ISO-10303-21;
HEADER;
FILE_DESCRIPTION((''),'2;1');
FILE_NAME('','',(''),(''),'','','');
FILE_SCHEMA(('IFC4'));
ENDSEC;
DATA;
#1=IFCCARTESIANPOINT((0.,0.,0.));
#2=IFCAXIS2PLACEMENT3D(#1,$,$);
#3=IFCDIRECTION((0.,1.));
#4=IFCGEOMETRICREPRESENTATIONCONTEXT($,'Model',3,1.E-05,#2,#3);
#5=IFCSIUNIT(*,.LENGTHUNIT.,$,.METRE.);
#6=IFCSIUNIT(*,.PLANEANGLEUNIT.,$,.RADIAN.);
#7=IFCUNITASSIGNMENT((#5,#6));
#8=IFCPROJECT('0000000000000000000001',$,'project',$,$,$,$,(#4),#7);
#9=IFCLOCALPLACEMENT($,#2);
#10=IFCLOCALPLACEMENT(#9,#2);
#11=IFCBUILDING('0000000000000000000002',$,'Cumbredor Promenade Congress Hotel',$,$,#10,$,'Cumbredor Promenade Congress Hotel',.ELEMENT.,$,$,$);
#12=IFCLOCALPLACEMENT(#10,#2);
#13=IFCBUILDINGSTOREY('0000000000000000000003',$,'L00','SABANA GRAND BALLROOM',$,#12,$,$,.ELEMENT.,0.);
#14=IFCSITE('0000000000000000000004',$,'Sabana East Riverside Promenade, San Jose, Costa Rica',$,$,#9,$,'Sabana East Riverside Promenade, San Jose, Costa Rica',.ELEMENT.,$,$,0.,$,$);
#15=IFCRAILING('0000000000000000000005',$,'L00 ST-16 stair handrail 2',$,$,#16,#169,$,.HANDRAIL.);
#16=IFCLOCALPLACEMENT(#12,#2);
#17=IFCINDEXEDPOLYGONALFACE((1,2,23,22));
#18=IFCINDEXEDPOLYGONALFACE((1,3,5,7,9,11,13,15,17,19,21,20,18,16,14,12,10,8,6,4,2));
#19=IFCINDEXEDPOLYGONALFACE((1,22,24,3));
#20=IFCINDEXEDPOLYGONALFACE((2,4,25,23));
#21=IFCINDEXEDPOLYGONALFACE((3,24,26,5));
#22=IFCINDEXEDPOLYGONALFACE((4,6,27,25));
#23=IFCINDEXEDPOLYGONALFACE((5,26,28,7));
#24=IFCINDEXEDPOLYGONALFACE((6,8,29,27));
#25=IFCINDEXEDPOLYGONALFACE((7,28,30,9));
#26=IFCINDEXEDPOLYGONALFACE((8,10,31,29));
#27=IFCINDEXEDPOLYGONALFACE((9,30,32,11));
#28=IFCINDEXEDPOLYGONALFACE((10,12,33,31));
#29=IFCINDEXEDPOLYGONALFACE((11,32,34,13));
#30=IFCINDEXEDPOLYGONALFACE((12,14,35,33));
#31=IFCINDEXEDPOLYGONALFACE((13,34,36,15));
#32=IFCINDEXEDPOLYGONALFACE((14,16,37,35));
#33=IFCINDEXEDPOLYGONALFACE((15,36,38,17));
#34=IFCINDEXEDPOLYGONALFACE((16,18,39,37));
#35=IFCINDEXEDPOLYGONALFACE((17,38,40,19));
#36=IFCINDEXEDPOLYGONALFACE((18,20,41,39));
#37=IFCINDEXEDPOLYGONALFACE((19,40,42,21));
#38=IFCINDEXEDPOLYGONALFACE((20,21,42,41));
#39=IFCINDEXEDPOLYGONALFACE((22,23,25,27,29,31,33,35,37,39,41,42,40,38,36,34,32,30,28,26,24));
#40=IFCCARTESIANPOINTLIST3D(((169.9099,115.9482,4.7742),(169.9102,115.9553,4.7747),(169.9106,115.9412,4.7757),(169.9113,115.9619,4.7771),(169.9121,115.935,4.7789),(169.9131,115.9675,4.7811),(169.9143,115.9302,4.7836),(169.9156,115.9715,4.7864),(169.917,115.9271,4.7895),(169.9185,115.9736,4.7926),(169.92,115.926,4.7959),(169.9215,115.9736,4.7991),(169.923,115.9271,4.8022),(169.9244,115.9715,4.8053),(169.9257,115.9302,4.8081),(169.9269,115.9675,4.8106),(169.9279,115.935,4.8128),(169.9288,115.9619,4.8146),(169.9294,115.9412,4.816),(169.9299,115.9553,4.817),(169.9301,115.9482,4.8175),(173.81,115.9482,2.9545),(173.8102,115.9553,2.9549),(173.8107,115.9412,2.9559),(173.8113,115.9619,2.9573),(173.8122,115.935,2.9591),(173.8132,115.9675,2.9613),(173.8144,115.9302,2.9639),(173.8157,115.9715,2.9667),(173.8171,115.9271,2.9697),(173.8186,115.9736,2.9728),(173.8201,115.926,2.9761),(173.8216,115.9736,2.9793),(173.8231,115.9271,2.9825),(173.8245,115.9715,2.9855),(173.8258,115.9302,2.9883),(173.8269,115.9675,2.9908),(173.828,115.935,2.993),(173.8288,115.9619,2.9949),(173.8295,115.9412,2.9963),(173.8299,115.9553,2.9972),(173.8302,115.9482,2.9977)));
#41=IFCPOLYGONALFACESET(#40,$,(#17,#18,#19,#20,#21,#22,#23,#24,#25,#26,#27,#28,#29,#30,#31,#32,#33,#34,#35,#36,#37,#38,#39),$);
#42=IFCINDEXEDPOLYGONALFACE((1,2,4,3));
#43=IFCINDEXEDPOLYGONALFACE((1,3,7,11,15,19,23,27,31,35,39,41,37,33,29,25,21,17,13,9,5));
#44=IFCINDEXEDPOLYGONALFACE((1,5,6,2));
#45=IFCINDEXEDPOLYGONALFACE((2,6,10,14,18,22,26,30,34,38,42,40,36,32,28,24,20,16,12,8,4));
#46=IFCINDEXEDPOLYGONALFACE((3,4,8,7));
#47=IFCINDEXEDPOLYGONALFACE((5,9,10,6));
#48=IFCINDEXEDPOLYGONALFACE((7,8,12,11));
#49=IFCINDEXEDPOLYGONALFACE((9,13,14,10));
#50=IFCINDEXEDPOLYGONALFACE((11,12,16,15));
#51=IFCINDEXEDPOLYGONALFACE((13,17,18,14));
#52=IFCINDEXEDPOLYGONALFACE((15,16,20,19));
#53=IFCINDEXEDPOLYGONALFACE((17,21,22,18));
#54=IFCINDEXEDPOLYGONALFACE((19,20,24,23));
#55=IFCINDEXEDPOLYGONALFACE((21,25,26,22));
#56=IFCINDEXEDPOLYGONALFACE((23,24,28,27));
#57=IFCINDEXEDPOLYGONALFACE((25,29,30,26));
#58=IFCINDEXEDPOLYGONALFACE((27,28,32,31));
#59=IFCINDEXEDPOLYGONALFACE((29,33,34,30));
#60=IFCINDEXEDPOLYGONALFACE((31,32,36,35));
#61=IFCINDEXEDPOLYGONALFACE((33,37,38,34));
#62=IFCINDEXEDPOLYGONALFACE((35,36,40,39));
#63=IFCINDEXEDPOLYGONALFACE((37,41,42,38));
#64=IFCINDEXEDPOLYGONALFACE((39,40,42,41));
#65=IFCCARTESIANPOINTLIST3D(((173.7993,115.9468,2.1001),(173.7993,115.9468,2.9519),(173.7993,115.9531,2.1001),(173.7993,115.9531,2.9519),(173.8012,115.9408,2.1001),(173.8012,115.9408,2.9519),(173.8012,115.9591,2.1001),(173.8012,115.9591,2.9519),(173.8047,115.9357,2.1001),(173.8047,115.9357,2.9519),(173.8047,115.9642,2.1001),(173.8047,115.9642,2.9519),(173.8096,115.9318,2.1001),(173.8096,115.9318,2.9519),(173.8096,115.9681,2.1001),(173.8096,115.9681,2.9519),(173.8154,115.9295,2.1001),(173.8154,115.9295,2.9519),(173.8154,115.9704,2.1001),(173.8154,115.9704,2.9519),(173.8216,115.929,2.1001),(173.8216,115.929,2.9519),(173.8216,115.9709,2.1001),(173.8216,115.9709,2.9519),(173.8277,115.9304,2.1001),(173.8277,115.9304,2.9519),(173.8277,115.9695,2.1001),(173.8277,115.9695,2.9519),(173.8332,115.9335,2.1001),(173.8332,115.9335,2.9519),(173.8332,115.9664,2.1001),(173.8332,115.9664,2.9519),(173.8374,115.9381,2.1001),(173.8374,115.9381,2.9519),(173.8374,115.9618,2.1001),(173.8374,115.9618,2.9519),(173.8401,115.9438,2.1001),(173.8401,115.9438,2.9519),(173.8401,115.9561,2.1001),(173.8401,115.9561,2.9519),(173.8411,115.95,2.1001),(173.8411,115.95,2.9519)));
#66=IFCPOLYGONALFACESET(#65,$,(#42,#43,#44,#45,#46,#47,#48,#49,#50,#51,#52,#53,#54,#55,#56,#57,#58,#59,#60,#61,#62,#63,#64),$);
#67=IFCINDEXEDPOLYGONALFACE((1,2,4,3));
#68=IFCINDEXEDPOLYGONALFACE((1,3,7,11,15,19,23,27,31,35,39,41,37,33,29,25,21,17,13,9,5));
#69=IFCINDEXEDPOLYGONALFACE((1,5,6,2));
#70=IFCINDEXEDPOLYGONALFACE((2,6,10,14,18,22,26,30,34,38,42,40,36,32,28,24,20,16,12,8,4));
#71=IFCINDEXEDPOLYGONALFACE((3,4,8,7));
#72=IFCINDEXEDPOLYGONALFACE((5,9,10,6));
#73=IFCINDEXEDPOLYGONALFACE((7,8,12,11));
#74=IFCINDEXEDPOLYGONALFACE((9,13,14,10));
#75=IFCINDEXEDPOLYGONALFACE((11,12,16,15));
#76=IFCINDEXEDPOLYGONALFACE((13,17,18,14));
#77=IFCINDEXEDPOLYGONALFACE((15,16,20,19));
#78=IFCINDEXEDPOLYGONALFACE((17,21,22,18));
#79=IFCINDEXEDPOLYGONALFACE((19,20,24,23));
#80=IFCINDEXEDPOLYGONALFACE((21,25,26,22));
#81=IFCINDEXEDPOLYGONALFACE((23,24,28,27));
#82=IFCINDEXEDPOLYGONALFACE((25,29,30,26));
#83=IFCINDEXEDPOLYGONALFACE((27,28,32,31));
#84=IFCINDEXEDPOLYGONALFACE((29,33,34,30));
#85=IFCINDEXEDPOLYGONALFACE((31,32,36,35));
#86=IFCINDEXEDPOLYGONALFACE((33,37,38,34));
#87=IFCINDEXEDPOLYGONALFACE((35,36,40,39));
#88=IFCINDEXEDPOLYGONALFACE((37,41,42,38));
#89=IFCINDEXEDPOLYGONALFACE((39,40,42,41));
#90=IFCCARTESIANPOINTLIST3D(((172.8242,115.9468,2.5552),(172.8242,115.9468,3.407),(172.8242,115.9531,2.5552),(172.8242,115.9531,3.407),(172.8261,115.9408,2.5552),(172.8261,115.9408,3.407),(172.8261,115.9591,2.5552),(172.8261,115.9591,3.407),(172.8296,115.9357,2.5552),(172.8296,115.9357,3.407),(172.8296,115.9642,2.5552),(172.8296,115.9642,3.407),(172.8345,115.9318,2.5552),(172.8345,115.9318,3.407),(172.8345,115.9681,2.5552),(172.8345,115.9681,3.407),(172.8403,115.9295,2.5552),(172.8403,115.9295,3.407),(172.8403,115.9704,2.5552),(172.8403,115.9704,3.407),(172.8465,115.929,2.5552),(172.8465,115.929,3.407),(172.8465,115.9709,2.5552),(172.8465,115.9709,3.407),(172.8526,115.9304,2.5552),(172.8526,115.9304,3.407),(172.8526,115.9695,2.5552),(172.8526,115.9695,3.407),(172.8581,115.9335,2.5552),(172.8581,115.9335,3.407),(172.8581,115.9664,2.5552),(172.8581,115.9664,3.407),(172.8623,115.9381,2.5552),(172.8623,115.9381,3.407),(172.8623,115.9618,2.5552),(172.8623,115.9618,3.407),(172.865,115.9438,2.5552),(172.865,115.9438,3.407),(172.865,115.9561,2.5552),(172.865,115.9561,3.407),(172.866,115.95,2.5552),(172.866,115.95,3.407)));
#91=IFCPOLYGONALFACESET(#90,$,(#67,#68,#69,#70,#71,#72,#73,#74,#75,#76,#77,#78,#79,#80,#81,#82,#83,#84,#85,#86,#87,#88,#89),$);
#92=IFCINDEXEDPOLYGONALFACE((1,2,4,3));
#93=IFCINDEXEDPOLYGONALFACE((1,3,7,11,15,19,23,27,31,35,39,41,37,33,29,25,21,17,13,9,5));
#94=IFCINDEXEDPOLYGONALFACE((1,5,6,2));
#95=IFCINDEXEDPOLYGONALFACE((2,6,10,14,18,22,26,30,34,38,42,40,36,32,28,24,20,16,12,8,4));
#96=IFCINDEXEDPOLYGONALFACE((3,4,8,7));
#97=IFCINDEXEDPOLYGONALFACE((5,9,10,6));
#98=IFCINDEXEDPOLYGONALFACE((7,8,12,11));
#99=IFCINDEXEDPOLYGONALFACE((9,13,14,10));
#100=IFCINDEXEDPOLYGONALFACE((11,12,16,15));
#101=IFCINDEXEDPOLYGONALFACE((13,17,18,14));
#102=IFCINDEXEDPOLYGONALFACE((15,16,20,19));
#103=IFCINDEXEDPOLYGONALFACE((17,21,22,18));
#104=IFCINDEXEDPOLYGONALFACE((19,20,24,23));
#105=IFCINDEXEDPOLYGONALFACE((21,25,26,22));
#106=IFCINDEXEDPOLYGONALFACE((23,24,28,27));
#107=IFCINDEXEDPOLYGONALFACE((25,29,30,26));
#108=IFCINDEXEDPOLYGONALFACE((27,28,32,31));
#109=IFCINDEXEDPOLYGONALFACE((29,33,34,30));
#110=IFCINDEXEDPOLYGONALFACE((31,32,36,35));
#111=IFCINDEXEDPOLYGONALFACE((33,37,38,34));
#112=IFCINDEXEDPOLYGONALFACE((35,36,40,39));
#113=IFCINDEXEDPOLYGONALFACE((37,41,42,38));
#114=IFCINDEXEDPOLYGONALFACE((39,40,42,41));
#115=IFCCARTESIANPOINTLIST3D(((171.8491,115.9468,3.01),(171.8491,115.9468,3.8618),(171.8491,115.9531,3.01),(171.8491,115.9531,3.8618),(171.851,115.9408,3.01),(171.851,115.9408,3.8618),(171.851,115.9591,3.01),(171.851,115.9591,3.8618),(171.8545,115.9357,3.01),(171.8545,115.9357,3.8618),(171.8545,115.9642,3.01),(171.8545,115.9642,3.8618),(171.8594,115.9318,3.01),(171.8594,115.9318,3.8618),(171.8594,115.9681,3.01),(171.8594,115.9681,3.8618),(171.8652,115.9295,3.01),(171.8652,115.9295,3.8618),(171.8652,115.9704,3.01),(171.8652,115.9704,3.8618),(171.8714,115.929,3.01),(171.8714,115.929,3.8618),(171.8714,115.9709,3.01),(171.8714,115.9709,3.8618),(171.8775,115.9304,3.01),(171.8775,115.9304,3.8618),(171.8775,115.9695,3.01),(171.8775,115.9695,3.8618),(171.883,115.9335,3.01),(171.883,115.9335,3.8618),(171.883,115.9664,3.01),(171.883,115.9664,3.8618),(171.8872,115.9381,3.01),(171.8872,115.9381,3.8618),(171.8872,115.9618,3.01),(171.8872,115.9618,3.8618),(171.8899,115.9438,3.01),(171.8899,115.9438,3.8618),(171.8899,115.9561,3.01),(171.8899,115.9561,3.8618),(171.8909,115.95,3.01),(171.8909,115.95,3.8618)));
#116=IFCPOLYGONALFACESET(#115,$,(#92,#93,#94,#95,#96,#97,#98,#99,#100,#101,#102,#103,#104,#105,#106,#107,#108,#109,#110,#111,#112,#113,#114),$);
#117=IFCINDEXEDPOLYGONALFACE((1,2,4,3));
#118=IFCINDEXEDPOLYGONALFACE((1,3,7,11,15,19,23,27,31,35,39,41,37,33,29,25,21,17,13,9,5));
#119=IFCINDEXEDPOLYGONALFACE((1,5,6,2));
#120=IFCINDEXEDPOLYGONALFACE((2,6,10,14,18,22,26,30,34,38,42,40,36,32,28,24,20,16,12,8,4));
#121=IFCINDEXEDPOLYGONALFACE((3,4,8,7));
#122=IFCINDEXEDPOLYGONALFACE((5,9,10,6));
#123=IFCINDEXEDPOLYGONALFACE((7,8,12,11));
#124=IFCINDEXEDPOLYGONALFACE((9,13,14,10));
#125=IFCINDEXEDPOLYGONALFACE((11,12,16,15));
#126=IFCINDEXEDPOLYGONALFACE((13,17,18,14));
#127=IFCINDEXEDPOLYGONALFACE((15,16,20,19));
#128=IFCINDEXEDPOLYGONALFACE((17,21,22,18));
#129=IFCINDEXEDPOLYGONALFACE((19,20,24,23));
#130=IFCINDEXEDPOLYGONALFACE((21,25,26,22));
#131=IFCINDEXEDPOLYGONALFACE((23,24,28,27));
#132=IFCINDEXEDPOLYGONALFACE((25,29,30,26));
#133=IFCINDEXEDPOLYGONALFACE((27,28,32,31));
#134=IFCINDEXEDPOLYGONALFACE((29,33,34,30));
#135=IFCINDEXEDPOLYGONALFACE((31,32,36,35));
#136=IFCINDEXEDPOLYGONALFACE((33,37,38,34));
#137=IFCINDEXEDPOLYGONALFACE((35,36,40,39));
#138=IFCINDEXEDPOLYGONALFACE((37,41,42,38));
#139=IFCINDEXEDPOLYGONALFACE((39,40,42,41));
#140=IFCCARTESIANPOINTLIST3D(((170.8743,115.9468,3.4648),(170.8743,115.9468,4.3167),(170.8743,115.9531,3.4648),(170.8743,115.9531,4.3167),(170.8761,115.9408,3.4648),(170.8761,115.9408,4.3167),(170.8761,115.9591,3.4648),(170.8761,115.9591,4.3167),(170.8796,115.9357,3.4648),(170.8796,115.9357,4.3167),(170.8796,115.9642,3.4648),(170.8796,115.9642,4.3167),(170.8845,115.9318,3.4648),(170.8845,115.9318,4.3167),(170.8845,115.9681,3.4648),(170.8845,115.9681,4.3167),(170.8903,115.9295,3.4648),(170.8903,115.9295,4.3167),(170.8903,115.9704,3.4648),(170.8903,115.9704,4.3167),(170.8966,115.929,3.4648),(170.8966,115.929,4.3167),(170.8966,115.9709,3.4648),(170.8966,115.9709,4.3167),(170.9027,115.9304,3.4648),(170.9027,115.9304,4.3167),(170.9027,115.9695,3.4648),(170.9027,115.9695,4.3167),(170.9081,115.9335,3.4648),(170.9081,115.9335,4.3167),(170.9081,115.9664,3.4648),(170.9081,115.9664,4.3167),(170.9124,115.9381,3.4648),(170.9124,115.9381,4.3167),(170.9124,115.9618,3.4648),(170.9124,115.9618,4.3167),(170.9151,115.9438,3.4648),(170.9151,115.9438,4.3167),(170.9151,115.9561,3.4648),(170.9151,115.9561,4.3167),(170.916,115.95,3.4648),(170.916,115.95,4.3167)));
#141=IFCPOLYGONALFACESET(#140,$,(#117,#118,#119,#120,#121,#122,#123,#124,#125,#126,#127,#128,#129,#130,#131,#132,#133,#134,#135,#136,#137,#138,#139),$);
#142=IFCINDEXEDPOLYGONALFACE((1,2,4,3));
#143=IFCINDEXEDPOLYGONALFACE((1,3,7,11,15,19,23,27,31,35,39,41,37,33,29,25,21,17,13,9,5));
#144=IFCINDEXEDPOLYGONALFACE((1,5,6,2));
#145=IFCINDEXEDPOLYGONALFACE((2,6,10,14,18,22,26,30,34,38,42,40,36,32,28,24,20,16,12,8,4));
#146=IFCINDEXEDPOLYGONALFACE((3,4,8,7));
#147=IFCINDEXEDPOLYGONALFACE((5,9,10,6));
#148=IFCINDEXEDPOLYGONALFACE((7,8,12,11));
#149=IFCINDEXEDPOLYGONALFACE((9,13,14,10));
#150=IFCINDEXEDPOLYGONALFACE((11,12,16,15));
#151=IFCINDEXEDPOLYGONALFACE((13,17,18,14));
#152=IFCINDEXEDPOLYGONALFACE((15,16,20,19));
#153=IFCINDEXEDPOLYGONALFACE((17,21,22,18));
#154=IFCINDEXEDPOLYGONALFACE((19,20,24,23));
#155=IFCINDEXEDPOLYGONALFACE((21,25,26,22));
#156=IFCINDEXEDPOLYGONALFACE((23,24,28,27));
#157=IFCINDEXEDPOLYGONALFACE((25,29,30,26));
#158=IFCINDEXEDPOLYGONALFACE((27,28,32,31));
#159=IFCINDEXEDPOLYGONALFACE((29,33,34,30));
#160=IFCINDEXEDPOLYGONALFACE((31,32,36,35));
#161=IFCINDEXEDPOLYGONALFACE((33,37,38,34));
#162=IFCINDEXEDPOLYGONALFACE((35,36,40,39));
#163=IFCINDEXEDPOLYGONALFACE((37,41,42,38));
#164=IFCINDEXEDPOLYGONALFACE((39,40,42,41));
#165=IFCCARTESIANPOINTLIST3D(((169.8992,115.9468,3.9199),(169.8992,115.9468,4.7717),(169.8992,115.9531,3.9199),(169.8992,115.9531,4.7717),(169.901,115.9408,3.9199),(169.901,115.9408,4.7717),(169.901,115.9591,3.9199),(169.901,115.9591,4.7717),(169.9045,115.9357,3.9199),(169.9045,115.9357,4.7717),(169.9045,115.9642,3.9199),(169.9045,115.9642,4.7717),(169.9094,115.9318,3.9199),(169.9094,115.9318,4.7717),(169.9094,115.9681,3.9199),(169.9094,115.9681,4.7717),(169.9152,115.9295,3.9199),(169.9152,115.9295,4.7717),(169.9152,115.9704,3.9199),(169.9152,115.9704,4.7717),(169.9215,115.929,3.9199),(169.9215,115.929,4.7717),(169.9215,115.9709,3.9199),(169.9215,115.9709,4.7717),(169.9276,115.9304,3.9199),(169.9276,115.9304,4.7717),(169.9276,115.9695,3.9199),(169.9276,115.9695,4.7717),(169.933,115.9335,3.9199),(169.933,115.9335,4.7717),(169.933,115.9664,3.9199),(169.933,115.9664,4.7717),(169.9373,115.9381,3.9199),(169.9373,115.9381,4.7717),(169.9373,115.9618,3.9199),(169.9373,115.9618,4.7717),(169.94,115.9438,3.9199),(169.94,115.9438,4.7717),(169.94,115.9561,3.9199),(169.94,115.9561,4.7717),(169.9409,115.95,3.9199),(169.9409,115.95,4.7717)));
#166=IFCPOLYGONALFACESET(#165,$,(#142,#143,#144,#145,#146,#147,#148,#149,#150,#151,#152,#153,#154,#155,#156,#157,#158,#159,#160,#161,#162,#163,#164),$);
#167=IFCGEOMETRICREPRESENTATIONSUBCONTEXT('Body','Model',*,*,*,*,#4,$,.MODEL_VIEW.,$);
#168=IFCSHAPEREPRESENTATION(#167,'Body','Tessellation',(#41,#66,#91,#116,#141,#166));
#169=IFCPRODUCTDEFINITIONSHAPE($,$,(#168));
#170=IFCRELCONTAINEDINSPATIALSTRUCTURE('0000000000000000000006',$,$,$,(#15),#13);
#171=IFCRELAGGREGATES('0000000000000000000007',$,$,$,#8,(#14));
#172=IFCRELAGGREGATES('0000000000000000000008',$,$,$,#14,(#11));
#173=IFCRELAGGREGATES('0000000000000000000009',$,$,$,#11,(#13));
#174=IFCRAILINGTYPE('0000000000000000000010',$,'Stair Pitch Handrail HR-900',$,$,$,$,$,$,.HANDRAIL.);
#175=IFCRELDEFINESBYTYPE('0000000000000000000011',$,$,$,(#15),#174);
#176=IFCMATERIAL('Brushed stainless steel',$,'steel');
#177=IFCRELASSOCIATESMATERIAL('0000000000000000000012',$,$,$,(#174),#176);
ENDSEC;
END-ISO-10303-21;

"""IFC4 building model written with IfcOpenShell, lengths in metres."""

from ifc_helpers import new_model, si_unit, direction, frame, origin, origin_2d, place, context, subcontext, project, spatial, circle, extrude, material, type_object, element, save


model = new_model("IFC4")

# Units and contexts
model_context = context("Model", 3, precision=1e-05, world=origin(), true_north=direction((0.0, 1.0)))
body_context = subcontext(model_context, "Body", "Model", "MODEL_VIEW")
ifc_project = project(units=[si_unit("LENGTHUNIT", "METRE"), si_unit("PLANEANGLEUNIT", "RADIAN")], contexts=[model_context])

# Site, building, storey
site_placement = place(None, origin())
site = spatial("IfcSite", under=ifc_project, at=site_placement, Name="Sabana East Riverside Promenade, San Jose, Costa Rica", LongName="Sabana East Riverside Promenade, San Jose, Costa Rica", CompositionType="ELEMENT", RefElevation=0.0)
building_placement = place(site_placement, origin())
building = spatial("IfcBuilding", under=site, at=building_placement, Name="Cumbredor Promenade Congress Hotel", LongName="Cumbredor Promenade Congress Hotel", CompositionType="ELEMENT")
storey_placement = place(building_placement, origin())
storey = spatial("IfcBuildingStorey", under=building, at=storey_placement, Name="L00", Description="SABANA GRAND BALLROOM", CompositionType="ELEMENT", Elevation=0.0)

# Railing
ifc_material_1 = material(Name="Brushed stainless steel", Category="steel")
railing_type_1 = type_object("IfcRailingType", Name="Stair Pitch Handrail HR-900", PredefinedType="HANDRAIL", material=ifc_material_1)
railing_1_placement = place(storey_placement, frame((173.8201, 115.95, 2.1001)))
element("IfcRailing", 1, at=railing_1_placement, inside=storey, type_object=railing_type_1, Name="L00 ST-16 stair handrail 2", PredefinedType="HANDRAIL", context=body_context, shape_type="SweptSolid", body=[
    extrude(circle(Radius=0.0239, at=origin_2d()), frame((0.0, 0.0, 0.876), z_axis=(-0.906205, 0.0, 0.422839), x_axis=(0.0, -1.0, 0.0)), (0.0, 0.0, 1.0), 4.3037),
    extrude(circle(Radius=0.021, at=origin_2d()), origin(), (0.0, 0.0, 1.0), 0.8518),
    extrude(circle(Radius=0.021, at=origin_2d()), frame((-0.9751, 0.0, 0.4551)), (0.0, 0.0, 1.0), 0.8518),
    extrude(circle(Radius=0.021, at=origin_2d()), frame((-1.9502, 0.0, 0.9099)), (0.0, 0.0, 1.0), 0.8518),
    extrude(circle(Radius=0.021, at=origin_2d()), frame((-2.925, 0.0, 1.3647)), (0.0, 0.0, 1.0), 0.8518),
    extrude(circle(Radius=0.021, at=origin_2d()), frame((-3.9001, 0.0, 1.8198)), (0.0, 0.0, 1.0), 0.8518),
])

save(model, "model.ifc")
